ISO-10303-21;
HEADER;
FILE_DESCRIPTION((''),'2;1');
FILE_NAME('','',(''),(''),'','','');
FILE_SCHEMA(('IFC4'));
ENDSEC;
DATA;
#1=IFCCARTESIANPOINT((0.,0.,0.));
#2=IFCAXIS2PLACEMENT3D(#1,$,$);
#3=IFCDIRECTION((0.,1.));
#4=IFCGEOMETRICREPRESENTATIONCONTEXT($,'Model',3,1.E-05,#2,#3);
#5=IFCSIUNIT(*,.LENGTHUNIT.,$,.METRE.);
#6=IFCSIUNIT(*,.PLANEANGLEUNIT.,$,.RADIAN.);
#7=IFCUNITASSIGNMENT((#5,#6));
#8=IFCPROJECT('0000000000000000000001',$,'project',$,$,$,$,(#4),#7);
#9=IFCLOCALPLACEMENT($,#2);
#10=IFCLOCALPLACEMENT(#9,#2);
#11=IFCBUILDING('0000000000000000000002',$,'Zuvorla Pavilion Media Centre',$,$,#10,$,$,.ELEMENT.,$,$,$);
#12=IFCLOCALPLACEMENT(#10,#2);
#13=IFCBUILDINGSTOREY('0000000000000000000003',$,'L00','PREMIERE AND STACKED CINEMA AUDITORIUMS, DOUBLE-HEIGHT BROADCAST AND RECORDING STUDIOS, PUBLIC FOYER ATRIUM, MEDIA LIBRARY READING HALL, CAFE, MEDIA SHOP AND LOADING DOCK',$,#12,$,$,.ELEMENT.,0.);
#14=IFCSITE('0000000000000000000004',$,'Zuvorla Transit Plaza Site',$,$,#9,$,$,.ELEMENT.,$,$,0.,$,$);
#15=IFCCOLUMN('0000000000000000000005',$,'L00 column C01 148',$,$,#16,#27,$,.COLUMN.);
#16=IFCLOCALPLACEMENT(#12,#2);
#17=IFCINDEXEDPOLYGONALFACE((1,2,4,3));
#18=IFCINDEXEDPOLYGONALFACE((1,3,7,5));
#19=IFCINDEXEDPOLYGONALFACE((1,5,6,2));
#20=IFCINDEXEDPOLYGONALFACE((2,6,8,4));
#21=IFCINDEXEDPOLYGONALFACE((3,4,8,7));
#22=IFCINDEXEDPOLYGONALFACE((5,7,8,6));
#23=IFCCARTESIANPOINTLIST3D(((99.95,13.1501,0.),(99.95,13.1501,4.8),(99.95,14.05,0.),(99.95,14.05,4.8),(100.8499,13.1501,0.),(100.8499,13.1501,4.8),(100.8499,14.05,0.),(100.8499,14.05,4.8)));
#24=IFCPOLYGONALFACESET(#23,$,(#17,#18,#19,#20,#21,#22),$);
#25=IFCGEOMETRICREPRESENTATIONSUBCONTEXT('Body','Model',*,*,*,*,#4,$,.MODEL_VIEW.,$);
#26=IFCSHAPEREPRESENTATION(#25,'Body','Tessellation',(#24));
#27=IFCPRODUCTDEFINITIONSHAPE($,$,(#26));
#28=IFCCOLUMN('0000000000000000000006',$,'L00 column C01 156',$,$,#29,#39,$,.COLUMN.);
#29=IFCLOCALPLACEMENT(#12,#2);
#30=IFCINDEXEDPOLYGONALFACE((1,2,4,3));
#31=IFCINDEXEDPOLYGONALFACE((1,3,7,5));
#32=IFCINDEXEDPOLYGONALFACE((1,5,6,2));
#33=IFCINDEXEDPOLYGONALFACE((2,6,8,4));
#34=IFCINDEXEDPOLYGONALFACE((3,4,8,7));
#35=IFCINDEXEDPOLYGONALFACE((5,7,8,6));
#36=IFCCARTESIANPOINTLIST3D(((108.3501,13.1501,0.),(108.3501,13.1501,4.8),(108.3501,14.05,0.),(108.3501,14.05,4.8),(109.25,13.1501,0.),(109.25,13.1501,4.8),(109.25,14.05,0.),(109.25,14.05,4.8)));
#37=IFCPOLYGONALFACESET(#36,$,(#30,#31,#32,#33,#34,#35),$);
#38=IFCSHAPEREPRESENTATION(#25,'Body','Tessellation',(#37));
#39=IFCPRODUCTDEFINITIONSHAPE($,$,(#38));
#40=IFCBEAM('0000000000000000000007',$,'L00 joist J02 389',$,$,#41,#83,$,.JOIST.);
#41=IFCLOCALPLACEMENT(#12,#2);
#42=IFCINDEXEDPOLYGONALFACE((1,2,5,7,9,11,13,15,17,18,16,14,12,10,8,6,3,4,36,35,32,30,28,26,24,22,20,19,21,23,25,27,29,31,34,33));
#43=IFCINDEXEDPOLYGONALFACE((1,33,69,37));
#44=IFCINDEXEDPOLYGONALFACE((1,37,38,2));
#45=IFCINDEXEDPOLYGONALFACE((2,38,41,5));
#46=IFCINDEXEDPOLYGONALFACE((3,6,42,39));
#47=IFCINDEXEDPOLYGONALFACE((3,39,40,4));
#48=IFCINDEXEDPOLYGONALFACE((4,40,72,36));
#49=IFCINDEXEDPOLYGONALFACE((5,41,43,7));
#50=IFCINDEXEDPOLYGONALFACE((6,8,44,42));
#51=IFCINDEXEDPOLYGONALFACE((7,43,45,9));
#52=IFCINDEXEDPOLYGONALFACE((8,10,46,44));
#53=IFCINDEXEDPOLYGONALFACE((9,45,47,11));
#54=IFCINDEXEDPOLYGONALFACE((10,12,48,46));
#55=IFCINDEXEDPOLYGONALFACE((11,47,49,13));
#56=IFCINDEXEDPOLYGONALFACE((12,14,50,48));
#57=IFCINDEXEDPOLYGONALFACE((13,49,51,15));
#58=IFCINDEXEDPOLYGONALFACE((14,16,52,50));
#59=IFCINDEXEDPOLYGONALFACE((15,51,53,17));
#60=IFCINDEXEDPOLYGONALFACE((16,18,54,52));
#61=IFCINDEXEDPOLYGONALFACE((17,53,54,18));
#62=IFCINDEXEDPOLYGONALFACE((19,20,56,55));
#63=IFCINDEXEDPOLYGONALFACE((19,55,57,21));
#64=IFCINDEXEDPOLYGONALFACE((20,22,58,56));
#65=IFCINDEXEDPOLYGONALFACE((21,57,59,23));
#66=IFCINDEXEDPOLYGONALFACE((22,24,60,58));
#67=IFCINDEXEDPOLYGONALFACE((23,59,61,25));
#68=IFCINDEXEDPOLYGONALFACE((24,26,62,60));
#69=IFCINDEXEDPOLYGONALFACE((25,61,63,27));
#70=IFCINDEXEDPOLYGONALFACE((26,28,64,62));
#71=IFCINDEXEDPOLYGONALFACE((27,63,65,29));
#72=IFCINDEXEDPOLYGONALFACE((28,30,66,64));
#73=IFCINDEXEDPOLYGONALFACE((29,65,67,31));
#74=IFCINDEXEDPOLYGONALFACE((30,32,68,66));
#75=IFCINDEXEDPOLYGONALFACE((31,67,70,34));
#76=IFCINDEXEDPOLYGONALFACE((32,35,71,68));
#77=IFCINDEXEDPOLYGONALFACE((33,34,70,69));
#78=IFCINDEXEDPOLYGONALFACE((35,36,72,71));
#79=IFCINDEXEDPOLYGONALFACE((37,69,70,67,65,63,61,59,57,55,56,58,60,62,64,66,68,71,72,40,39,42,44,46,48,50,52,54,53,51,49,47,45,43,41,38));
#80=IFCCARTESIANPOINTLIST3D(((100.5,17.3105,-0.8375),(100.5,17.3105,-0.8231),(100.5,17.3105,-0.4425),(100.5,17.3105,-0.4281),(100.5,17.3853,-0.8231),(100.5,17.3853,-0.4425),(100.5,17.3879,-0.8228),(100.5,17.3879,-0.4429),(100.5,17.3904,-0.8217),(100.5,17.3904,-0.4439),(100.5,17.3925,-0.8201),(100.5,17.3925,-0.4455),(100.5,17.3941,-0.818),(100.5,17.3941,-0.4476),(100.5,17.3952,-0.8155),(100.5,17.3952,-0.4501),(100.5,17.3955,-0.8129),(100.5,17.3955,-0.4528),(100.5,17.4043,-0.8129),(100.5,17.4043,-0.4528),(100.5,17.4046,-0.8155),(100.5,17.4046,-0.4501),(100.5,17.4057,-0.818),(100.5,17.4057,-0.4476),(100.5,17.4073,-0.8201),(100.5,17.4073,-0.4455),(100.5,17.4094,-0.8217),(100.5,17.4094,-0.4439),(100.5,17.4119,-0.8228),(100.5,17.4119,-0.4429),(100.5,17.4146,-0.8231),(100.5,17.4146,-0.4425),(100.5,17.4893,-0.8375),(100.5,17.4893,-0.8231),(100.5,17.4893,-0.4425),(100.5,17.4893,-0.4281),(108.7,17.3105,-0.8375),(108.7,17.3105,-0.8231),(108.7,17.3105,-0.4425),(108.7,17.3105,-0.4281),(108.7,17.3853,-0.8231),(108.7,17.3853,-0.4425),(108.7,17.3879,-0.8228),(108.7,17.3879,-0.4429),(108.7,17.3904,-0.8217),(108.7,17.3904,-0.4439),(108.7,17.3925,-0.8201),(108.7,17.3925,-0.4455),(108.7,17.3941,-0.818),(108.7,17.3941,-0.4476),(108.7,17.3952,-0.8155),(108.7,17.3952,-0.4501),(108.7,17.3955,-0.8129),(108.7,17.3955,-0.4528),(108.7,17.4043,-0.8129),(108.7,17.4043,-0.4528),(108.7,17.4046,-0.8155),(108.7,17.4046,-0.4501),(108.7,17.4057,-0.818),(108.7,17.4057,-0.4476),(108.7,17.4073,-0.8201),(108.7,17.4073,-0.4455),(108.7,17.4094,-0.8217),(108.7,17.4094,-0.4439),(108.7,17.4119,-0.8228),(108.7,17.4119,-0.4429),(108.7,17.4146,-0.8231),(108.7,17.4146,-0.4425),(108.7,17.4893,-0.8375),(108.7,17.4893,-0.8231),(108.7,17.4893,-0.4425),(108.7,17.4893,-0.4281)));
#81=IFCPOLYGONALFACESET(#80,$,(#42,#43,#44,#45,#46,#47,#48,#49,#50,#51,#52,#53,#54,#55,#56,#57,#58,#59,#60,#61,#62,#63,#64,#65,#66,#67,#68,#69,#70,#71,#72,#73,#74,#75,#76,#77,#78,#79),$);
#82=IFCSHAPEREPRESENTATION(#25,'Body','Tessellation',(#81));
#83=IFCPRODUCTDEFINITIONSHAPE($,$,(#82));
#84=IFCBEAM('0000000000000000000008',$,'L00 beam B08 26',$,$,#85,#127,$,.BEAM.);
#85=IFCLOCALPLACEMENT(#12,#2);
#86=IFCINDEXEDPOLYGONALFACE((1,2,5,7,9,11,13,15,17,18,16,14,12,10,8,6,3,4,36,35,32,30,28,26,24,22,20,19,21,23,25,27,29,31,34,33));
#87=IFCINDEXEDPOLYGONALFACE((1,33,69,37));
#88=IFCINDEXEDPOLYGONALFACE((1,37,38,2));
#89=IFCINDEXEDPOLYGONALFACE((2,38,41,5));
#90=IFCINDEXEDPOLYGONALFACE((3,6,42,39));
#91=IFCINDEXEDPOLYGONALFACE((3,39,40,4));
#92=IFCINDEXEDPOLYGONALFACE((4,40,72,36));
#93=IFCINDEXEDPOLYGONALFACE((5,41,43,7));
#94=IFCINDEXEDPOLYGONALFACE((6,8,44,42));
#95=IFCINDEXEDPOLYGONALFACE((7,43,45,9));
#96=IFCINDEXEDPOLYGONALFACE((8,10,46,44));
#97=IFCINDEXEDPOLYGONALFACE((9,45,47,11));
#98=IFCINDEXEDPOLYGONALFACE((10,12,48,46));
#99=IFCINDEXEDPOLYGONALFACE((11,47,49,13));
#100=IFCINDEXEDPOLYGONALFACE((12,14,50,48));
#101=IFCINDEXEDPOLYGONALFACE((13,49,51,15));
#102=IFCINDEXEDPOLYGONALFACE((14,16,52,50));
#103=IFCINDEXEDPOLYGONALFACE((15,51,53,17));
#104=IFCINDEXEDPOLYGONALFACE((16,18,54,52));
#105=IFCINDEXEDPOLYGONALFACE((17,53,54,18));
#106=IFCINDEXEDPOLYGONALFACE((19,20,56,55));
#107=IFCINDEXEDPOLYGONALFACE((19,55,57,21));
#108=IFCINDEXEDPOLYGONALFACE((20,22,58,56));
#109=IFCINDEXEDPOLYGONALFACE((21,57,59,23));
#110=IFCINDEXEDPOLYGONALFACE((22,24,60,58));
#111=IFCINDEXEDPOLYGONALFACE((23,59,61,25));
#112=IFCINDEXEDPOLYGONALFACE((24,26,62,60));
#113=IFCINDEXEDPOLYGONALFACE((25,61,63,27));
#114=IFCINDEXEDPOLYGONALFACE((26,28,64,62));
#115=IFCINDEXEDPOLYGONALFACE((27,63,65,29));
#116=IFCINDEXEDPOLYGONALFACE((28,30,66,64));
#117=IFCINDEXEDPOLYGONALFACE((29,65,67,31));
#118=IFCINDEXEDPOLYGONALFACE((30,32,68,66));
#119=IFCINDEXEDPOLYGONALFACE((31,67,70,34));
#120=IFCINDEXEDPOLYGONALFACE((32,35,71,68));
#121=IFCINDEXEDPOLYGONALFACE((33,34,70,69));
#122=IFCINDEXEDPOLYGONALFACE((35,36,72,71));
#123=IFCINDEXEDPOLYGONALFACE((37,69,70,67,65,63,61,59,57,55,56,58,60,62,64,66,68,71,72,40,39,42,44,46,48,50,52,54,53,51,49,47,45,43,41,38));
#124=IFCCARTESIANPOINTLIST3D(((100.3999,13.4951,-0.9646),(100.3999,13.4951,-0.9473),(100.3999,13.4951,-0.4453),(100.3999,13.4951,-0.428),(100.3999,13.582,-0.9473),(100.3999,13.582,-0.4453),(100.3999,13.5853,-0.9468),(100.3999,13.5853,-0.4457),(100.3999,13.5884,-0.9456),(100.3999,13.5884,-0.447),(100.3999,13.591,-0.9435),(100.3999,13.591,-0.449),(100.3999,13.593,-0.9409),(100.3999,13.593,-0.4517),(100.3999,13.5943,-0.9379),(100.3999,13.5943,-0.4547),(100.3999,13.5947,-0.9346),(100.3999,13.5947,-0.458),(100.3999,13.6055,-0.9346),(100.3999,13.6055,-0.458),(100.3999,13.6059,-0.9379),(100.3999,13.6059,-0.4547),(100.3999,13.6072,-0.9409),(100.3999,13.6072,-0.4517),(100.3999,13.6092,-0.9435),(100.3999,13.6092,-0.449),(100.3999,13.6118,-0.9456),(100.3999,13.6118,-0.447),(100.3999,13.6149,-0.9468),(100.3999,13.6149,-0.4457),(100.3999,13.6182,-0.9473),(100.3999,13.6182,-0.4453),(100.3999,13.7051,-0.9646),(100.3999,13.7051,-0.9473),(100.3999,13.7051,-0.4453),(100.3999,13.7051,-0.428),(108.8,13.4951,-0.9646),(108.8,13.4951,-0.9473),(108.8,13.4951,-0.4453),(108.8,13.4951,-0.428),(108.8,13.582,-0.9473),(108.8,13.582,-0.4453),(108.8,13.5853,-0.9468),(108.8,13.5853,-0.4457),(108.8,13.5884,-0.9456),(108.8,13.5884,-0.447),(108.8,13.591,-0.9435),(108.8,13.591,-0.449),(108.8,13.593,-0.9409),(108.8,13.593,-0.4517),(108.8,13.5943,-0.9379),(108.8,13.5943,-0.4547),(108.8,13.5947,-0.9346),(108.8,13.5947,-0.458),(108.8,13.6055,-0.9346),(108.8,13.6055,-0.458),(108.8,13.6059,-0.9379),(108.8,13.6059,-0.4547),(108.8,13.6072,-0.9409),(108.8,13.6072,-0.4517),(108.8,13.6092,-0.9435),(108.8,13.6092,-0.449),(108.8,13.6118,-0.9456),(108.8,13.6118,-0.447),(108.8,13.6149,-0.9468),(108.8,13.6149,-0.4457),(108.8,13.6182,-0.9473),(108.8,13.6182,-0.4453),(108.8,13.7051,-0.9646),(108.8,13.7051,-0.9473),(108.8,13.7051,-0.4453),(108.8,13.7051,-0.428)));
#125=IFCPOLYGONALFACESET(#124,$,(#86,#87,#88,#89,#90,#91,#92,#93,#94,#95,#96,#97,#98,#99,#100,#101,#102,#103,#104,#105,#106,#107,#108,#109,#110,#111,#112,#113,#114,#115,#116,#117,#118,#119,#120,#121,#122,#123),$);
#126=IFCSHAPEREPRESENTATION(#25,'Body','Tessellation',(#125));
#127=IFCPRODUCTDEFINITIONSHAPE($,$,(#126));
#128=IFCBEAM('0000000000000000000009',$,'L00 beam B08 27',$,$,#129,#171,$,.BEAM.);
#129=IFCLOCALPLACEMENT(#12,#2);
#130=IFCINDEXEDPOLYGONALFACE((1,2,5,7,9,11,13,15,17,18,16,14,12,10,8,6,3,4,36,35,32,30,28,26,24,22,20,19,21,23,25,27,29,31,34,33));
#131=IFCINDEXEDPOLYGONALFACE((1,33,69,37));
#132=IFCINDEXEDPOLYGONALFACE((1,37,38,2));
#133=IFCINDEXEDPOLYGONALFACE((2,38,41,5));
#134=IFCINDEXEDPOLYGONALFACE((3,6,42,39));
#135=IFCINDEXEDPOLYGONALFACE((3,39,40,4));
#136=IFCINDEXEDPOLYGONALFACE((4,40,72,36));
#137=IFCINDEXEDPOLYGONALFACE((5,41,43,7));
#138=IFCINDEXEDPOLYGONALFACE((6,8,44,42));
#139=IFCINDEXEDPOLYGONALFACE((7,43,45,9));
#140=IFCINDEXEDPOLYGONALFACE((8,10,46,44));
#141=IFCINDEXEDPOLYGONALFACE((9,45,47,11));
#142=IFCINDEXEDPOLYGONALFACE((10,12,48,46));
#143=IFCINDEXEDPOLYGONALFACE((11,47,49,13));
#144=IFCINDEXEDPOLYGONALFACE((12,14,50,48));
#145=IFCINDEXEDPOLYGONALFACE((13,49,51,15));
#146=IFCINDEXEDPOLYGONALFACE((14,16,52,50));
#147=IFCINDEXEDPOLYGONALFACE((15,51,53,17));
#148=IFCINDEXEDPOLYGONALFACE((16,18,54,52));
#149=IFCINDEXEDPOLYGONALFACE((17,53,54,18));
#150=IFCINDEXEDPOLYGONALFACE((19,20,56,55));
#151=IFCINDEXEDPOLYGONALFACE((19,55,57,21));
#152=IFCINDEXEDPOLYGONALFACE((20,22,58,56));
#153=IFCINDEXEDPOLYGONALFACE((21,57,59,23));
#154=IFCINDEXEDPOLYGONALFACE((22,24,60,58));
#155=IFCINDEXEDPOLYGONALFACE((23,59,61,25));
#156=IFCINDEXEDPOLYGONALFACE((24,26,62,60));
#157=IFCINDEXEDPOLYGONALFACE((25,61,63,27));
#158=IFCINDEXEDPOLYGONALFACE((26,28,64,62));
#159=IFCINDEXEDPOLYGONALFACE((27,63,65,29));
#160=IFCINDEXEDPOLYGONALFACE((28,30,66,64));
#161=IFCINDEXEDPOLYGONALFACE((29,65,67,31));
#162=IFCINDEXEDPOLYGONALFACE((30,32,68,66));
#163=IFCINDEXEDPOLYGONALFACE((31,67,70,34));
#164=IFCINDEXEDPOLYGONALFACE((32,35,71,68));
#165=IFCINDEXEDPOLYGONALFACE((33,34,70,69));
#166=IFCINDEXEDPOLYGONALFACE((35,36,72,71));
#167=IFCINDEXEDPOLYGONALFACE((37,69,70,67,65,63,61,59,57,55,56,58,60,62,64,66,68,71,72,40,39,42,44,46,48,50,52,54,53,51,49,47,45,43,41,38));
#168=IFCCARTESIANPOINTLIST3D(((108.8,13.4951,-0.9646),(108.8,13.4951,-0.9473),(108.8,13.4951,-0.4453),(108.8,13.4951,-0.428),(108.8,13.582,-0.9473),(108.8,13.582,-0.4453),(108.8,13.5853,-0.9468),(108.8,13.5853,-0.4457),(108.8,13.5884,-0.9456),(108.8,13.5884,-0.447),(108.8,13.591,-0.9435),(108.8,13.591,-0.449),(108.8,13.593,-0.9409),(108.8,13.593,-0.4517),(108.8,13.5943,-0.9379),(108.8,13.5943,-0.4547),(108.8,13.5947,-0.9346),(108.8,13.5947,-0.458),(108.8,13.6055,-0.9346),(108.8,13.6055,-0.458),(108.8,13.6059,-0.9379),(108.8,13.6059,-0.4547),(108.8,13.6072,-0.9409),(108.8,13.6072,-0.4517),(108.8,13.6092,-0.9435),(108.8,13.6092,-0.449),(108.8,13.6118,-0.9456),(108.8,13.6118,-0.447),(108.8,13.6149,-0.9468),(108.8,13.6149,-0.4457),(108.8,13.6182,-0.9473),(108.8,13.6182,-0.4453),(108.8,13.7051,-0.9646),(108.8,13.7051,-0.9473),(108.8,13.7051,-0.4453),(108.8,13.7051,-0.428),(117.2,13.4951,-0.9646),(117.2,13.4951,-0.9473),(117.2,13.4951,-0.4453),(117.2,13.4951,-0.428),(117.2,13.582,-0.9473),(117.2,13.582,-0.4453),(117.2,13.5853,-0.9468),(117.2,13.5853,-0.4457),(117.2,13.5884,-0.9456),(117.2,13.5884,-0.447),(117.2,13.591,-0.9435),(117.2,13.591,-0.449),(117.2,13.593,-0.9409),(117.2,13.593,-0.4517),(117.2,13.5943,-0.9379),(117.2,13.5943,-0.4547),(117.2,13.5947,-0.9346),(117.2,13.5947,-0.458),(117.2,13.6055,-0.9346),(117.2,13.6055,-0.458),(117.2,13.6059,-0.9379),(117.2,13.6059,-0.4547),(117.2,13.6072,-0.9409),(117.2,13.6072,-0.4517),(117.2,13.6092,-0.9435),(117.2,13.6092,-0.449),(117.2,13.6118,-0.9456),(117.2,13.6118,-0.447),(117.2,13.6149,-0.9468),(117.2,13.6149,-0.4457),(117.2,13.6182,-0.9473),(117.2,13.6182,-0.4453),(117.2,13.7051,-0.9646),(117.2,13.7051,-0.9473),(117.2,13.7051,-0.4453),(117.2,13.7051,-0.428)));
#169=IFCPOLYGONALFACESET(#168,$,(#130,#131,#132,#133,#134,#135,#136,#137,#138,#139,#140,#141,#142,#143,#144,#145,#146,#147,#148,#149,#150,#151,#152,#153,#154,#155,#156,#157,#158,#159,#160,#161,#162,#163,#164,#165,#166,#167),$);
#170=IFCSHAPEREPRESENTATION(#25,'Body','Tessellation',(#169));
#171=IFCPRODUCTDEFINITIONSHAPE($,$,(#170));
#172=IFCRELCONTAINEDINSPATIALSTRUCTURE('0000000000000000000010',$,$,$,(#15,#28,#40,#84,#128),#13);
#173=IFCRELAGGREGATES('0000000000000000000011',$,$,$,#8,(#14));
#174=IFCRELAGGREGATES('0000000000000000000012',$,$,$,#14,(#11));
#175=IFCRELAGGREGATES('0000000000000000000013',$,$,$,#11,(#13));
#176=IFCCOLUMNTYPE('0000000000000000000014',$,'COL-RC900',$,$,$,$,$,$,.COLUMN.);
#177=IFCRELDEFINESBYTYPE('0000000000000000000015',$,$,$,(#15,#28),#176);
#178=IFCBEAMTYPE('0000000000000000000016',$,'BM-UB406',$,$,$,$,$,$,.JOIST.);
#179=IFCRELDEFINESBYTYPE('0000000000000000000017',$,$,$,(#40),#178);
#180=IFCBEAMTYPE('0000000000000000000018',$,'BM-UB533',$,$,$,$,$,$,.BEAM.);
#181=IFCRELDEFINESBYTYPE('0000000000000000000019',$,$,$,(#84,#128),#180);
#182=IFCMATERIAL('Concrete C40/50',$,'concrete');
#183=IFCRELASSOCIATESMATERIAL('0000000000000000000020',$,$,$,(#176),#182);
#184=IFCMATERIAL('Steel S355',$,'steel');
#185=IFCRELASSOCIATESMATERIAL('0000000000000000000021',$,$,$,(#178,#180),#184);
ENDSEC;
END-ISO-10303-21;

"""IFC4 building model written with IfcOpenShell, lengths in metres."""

from ifc_helpers import new_model, si_unit, direction, frame, origin, origin_2d, place, context, subcontext, project, spatial, rectangle, i_section, extrude, material, material_profile, profile_set, type_object, element, save


model = new_model("IFC4")

# Units and contexts
model_context = context("Model", 3, precision=1e-05, world=origin(), true_north=direction((0.0, 1.0)))
body_context = subcontext(model_context, "Body", "Model", "MODEL_VIEW")
ifc_project = project(units=[si_unit("LENGTHUNIT", "METRE"), si_unit("PLANEANGLEUNIT", "RADIAN")], contexts=[model_context])

# Site, building, storey
site_placement = place(None, origin())
site = spatial("IfcSite", under=ifc_project, at=site_placement, Name="Zuvorla Transit Plaza Site", CompositionType="ELEMENT", RefElevation=0.0)
building_placement = place(site_placement, origin())
building = spatial("IfcBuilding", under=site, at=building_placement, Name="Zuvorla Pavilion Media Centre", CompositionType="ELEMENT")
storey_placement = place(building_placement, origin())
storey = spatial("IfcBuildingStorey", under=building, at=storey_placement, Name="L00", Description="PREMIERE AND STACKED CINEMA AUDITORIUMS, DOUBLE-HEIGHT BROADCAST AND RECORDING STUDIOS, PUBLIC FOYER ATRIUM, MEDIA LIBRARY READING HALL, CAFE, MEDIA SHOP AND LOADING DOCK", CompositionType="ELEMENT", Elevation=0.0)

# Columns
ifc_material_1 = material(Name="Concrete C40/50", Category="concrete")
ifc_material_profile_1 = material_profile(ifc_material_1, rectangle(XDim=0.8999, YDim=0.8999, at=origin_2d()), Name="RC 900x900")
ifc_profile_set_1 = profile_set([ifc_material_profile_1], Name="Concrete C40/50")
column_type = type_object("IfcColumnType", Name="COL-RC900", PredefinedType="COLUMN", material=ifc_profile_set_1)
for number, where, z_axis, x_axis, name in (
    (1, (100.3999, 13.6001, 0.0), (0.0, 0.0, 1.0), (1.0, 0.0, 0.0), "L00 column C01 148"),
    (2, (108.8, 13.6001, 0.0), (0.0, 0.0, 1.0), (1.0, 0.0, 0.0), "L00 column C01 156"),
):
    element("IfcColumn", number, at=place(storey_placement, frame(where, z_axis=z_axis, x_axis=x_axis)), inside=storey, type_object=column_type, Name=name, PredefinedType="COLUMN", context=body_context, shape_type="SweptSolid", body=[
        extrude(rectangle(XDim=0.8999, YDim=0.8999, at=origin_2d()), origin(), (0.0, 0.0, 1.0), 4.8),
    ])

# Beams
ifc_material_2 = material(Name="Steel S355", Category="steel")
ifc_material_profile_2 = material_profile(ifc_material_2, i_section(OverallWidth=0.1787, OverallDepth=0.4094, WebThickness=0.0088, FlangeThickness=0.0144, FilletRadius=0.0103, at=origin_2d()), Name="UB 406x178x67")
ifc_profile_set_2 = profile_set([ifc_material_profile_2], Name="Steel S355")
beam_type_1 = type_object("IfcBeamType", Name="BM-UB406", PredefinedType="JOIST", material=ifc_profile_set_2)
beam_1_placement = place(storey_placement, frame((100.5, 17.3999, -0.6328), z_axis=(1.0, 0.0, 0.0), x_axis=(0.0, 1.0, 0.0)))
element("IfcBeam", 3, at=beam_1_placement, inside=storey, type_object=beam_type_1, Name="L00 joist J02 389", PredefinedType="JOIST", context=body_context, shape_type="SweptSolid", body=[
    extrude(i_section(OverallWidth=0.1787, OverallDepth=0.4094, WebThickness=0.0088, FlangeThickness=0.0144, FilletRadius=0.0103, at=origin_2d()), origin(), (0.0, 0.0, 1.0), 8.2),
])
ifc_material_profile_3 = material_profile(ifc_material_2, i_section(OverallWidth=0.21, OverallDepth=0.5366, WebThickness=0.0107, FlangeThickness=0.0173, FilletRadius=0.0127, at=origin_2d()), Name="UB 533x210x101")
ifc_profile_set_3 = profile_set([ifc_material_profile_3], Name="Steel S355")
beam_type_2 = type_object("IfcBeamType", Name="BM-UB533", PredefinedType="BEAM", material=ifc_profile_set_3)
beam_2_placement = place(storey_placement, frame((100.3999, 13.6001, -0.6963), z_axis=(1.0, 0.0, 0.0), x_axis=(0.0, 1.0, 0.0)))
element("IfcBeam", 4, at=beam_2_placement, inside=storey, type_object=beam_type_2, Name="L00 beam B08 26", PredefinedType="BEAM", context=body_context, shape_type="SweptSolid", body=[
    extrude(i_section(OverallWidth=0.21, OverallDepth=0.5366, WebThickness=0.0107, FlangeThickness=0.0173, FilletRadius=0.0127, at=origin_2d()), origin(), (0.0, 0.0, 1.0), 8.4001),
])
beam_3_placement = place(storey_placement, frame((108.8, 13.6001, -0.6963), z_axis=(1.0, 0.0, 0.0), x_axis=(0.0, 1.0, 0.0)))
element("IfcBeam", 5, at=beam_3_placement, inside=storey, type_object=beam_type_2, Name="L00 beam B08 27", PredefinedType="BEAM", context=body_context, shape_type="SweptSolid", body=[
    extrude(i_section(OverallWidth=0.21, OverallDepth=0.5366, WebThickness=0.0107, FlangeThickness=0.0173, FilletRadius=0.0127, at=origin_2d()), origin(), (0.0, 0.0, 1.0), 8.3999),
])

save(model, "model.ifc")
